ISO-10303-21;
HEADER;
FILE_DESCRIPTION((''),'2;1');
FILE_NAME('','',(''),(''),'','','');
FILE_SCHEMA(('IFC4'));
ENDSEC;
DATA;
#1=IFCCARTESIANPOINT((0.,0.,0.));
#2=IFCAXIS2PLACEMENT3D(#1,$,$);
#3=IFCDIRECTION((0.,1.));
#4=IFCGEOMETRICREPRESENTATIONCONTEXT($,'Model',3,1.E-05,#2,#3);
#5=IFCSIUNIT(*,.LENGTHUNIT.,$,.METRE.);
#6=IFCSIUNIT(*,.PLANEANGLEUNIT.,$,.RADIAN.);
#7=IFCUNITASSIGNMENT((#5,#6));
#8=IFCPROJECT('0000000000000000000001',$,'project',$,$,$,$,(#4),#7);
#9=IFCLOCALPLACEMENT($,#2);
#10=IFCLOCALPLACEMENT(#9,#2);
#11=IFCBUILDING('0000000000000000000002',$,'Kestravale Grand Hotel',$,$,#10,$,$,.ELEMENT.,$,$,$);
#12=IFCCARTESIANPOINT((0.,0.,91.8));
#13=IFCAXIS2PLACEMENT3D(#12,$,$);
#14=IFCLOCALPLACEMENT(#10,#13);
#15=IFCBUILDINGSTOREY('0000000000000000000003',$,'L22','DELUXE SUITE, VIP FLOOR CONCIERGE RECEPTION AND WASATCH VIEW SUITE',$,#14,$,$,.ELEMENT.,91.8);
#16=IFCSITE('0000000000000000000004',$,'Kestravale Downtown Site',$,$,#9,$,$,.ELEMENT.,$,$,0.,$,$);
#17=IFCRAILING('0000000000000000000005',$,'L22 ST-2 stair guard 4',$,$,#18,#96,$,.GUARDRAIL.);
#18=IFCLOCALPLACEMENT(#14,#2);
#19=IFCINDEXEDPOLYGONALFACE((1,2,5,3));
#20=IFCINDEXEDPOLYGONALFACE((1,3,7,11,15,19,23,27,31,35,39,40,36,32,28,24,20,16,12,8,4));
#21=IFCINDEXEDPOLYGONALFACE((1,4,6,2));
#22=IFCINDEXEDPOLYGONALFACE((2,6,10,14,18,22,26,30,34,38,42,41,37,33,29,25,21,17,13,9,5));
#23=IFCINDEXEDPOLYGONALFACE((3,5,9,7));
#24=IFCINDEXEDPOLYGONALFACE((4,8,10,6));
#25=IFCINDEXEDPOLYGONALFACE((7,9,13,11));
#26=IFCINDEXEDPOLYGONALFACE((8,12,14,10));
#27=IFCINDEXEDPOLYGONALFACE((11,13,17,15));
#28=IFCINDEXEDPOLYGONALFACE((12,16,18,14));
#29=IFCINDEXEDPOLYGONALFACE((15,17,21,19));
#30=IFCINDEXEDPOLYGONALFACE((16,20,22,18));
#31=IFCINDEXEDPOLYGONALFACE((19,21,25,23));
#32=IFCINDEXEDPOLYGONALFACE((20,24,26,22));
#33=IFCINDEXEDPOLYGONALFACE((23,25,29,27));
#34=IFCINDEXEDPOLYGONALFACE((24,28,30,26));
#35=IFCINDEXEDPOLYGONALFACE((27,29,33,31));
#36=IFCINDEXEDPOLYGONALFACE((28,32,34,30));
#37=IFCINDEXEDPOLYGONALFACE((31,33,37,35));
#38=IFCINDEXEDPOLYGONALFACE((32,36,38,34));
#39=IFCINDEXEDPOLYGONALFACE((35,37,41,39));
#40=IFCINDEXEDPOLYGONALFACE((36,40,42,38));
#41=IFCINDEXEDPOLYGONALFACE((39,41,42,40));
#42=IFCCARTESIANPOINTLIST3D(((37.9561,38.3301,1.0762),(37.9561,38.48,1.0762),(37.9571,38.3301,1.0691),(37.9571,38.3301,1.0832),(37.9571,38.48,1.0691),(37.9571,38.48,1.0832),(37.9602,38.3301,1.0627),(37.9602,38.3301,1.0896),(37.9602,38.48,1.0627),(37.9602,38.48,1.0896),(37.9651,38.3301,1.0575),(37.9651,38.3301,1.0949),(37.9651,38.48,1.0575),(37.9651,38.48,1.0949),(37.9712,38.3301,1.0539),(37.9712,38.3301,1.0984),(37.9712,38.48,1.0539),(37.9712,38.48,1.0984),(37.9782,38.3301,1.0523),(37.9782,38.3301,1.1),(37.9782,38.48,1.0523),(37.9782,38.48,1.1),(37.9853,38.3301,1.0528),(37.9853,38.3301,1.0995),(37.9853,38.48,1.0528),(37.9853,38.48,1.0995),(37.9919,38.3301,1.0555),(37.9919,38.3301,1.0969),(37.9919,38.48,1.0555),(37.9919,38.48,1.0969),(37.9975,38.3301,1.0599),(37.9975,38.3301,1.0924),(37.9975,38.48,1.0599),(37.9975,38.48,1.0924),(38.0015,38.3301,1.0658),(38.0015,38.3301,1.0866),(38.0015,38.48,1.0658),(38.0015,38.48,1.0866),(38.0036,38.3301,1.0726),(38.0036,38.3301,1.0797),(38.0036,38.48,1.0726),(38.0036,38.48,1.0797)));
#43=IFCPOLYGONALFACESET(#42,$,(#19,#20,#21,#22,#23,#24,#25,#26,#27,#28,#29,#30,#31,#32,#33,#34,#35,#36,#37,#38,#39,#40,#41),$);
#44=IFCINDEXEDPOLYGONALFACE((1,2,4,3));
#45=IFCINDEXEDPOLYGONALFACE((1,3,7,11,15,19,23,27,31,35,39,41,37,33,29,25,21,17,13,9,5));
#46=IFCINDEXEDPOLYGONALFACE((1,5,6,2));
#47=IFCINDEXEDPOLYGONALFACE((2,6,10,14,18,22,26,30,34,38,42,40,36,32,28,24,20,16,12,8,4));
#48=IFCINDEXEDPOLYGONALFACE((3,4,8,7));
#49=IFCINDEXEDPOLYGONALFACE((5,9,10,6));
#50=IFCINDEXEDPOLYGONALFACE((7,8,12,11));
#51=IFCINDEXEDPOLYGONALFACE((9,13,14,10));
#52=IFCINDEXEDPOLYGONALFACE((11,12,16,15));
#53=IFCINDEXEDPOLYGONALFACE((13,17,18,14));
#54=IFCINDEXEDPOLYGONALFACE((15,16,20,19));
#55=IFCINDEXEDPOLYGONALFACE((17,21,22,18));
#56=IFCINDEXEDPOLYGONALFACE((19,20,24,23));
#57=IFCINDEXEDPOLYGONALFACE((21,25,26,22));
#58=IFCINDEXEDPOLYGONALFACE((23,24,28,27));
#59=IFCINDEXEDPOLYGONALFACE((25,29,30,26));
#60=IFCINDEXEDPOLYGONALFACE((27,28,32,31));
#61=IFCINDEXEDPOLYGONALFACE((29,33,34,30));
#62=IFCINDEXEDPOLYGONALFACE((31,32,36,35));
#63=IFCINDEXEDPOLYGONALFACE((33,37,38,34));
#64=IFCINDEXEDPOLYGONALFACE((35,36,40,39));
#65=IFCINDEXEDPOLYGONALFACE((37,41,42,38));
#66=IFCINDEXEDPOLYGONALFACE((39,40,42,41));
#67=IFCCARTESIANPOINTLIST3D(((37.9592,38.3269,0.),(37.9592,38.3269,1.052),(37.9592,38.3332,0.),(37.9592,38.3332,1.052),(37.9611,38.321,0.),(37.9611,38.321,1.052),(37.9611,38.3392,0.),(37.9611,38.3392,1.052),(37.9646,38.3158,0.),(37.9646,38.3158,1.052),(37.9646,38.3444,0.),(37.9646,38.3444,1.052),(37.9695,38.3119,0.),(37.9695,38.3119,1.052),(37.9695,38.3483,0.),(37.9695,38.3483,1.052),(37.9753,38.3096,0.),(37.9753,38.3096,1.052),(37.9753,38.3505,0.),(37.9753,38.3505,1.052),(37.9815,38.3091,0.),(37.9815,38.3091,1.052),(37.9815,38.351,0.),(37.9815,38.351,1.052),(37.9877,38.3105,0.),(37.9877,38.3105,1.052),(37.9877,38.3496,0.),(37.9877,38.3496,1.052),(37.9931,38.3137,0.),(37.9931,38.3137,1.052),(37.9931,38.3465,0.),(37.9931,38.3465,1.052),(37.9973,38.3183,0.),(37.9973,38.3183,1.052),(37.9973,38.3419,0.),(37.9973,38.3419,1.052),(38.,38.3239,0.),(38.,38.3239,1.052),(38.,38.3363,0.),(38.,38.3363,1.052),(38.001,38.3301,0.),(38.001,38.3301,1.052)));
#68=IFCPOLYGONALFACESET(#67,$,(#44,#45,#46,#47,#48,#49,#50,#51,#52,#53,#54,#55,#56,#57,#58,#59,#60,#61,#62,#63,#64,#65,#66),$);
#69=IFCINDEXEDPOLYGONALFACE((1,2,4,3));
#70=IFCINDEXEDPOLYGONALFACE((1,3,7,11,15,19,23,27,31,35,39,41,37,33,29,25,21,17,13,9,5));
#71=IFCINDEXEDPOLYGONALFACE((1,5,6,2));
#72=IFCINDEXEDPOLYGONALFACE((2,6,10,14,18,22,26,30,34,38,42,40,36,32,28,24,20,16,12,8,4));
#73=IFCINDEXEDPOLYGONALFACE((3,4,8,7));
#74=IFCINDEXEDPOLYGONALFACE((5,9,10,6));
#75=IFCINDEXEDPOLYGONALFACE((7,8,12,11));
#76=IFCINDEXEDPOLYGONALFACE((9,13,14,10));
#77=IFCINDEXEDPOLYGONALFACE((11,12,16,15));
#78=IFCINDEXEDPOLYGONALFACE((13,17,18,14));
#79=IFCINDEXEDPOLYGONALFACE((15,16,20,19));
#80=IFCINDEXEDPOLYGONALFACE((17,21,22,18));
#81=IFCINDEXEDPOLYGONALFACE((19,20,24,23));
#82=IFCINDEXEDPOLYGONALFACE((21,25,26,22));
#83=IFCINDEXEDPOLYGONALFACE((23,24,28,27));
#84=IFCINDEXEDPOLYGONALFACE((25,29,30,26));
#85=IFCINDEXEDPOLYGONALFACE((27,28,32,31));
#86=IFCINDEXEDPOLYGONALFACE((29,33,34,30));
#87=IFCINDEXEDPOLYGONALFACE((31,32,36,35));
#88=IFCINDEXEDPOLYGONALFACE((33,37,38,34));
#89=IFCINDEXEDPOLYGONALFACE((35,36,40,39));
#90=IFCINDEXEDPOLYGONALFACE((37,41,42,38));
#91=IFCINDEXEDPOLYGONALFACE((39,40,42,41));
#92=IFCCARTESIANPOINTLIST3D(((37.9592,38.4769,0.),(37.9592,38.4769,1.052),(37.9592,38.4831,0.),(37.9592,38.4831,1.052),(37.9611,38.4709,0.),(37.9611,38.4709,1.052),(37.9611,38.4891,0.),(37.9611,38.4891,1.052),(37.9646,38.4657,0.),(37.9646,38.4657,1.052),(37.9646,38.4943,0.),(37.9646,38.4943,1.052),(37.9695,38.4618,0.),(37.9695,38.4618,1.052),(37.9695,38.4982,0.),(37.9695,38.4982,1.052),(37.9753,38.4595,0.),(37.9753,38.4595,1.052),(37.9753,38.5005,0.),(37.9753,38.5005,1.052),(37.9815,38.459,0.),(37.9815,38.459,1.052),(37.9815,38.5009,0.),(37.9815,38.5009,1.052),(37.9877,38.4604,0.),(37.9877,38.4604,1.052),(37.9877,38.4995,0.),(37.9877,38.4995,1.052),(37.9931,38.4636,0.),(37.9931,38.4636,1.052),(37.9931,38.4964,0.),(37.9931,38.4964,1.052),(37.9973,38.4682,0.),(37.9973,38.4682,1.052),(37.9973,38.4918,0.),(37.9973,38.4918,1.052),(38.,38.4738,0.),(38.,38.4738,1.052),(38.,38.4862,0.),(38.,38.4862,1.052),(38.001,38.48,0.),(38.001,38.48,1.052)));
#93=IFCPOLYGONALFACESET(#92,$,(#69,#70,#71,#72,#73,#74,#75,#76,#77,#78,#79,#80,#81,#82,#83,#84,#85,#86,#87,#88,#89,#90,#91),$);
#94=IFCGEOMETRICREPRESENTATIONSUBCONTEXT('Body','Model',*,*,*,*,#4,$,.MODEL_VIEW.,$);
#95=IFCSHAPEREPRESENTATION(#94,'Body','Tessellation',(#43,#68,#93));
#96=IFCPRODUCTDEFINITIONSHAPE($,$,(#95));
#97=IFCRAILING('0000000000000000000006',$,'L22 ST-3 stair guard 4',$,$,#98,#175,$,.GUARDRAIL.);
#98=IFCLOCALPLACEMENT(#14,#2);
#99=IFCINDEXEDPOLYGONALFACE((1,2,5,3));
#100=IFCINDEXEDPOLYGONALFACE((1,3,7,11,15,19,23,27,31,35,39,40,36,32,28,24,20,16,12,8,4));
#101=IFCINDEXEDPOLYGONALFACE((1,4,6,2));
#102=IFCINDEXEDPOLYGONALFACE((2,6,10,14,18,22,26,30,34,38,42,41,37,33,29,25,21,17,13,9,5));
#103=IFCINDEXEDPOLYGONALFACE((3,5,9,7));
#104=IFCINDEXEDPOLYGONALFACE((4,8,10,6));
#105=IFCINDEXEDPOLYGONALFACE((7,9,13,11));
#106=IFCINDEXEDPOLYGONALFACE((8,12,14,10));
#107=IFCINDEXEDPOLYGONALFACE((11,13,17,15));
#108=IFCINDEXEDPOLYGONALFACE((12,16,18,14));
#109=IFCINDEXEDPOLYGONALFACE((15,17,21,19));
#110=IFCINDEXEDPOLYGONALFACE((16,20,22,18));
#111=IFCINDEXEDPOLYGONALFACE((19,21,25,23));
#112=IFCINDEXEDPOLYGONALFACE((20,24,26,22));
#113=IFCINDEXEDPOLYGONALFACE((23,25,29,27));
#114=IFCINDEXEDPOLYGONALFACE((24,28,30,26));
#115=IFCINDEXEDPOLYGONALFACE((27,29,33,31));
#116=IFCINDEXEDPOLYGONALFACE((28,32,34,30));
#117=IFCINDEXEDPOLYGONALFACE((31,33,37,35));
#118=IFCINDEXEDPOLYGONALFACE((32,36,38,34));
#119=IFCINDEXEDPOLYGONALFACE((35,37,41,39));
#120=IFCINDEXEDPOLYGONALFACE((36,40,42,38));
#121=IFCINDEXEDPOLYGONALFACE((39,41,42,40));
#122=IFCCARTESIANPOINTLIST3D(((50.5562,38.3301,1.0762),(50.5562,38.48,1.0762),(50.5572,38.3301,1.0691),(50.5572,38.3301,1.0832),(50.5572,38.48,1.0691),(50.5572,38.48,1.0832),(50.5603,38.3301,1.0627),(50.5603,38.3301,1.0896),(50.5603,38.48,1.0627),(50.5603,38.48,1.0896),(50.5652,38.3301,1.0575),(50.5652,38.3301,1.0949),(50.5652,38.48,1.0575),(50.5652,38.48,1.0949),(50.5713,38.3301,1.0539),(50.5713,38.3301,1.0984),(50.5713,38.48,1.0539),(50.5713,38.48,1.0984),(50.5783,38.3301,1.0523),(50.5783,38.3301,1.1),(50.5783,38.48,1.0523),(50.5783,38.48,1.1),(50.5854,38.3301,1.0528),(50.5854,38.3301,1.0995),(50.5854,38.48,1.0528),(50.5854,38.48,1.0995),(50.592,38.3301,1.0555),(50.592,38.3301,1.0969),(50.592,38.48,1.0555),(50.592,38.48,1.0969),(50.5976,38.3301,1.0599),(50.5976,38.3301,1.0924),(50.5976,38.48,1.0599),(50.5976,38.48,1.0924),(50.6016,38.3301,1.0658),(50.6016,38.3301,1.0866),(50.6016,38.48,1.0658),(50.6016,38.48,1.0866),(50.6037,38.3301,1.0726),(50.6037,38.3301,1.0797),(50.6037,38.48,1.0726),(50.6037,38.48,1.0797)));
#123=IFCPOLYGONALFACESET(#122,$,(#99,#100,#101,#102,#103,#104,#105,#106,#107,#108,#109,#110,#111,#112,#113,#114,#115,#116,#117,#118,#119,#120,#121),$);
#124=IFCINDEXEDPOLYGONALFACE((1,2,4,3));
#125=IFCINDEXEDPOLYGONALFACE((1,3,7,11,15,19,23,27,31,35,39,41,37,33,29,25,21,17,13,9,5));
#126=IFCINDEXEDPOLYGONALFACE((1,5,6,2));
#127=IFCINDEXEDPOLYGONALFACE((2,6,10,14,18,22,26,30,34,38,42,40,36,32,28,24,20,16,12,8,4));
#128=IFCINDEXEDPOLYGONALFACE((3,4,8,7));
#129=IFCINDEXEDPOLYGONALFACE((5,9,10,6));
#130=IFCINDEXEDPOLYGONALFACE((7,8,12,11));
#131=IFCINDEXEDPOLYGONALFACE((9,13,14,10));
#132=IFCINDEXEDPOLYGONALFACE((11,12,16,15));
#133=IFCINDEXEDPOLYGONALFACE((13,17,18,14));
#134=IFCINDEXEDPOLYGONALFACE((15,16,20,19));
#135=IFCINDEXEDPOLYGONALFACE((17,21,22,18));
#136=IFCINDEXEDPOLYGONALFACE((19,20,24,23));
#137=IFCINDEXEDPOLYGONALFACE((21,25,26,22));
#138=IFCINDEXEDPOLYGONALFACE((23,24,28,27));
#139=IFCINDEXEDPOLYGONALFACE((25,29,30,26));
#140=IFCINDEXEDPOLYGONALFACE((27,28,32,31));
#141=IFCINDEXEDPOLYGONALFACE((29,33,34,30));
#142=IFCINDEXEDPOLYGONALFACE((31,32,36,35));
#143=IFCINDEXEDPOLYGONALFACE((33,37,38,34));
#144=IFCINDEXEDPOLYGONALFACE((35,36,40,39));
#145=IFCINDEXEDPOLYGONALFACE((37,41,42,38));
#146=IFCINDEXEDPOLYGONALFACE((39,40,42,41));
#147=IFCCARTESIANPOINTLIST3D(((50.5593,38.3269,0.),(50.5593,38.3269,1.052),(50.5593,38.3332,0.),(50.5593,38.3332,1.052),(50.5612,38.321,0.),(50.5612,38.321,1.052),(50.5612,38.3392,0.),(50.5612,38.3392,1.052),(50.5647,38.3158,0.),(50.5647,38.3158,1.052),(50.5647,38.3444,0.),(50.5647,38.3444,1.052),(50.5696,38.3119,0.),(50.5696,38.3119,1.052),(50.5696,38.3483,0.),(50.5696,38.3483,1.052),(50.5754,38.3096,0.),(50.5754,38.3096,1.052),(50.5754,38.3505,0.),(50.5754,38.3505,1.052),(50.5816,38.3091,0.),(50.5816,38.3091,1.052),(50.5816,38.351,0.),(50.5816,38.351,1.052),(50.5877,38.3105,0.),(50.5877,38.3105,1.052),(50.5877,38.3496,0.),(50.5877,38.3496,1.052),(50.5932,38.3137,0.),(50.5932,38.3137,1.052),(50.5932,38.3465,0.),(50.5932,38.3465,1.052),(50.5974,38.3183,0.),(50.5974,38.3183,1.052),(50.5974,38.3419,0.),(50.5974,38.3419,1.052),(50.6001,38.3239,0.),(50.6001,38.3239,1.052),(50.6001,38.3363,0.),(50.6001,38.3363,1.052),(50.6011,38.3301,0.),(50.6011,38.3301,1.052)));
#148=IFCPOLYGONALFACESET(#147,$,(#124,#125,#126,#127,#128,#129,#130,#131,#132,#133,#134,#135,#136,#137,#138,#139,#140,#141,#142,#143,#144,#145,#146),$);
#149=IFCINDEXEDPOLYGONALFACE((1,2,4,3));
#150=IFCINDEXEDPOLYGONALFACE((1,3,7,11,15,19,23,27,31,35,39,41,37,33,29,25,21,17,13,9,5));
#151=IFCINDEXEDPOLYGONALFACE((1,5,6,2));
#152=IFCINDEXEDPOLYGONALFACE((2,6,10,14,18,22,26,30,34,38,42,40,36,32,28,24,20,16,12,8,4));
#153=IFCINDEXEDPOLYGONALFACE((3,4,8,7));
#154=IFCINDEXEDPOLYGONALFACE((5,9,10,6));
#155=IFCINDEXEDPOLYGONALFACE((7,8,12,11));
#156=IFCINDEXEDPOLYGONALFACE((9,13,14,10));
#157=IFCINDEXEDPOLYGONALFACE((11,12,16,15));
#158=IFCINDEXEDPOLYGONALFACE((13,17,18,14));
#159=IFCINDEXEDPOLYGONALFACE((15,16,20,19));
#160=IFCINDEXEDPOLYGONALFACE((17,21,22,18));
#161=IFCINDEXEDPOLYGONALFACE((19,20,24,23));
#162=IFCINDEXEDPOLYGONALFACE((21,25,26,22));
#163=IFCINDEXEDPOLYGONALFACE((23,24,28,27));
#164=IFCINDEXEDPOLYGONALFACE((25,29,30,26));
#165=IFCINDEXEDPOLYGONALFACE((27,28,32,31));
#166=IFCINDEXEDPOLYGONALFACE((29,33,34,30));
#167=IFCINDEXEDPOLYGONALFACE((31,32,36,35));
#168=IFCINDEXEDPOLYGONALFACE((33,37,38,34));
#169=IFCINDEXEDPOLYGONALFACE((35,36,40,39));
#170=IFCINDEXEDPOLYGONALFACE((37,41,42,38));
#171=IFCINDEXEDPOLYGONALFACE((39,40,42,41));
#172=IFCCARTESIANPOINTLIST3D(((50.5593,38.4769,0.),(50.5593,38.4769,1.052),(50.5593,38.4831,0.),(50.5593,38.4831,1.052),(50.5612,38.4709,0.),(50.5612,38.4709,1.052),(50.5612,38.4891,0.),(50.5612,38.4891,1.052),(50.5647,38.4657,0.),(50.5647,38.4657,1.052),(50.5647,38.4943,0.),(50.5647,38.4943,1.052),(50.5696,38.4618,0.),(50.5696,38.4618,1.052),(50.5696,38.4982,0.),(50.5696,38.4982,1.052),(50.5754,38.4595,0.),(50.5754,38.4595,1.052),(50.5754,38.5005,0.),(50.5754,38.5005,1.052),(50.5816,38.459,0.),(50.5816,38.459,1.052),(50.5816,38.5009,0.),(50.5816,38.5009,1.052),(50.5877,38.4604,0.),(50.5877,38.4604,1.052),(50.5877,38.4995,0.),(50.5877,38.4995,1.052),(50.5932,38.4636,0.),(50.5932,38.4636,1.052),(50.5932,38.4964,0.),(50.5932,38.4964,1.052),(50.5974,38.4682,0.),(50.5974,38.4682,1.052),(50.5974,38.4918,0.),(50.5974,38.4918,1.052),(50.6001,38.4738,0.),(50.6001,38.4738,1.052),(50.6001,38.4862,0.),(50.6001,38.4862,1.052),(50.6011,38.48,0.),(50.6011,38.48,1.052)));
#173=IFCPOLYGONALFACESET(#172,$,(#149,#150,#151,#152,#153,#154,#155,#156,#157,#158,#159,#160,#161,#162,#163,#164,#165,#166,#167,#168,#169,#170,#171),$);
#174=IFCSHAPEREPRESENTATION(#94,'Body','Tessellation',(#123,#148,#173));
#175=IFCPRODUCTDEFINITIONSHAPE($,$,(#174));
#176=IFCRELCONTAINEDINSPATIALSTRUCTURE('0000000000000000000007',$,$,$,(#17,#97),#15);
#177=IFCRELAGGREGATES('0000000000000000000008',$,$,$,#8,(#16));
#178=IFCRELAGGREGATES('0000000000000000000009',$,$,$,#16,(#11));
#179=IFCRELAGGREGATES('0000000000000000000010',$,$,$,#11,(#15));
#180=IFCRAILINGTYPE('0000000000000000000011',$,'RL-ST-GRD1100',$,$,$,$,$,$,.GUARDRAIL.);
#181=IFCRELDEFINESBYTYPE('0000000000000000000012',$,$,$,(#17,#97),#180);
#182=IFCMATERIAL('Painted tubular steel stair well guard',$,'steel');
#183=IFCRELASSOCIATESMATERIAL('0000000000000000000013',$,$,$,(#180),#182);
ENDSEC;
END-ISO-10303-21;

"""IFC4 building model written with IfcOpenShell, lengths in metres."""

from ifc_helpers import new_model, si_unit, direction, frame, origin, origin_2d, place, context, subcontext, project, spatial, circle, extrude, material, type_object, element, save


model = new_model("IFC4")

# Units and contexts
model_context = context("Model", 3, precision=1e-05, world=origin(), true_north=direction((0.0, 1.0)))
body_context = subcontext(model_context, "Body", "Model", "MODEL_VIEW")
ifc_project = project(units=[si_unit("LENGTHUNIT", "METRE"), si_unit("PLANEANGLEUNIT", "RADIAN")], contexts=[model_context])

# Site, building, storey
site_placement = place(None, origin())
site = spatial("IfcSite", under=ifc_project, at=site_placement, Name="Kestravale Downtown Site", CompositionType="ELEMENT", RefElevation=0.0)
building_placement = place(site_placement, origin())
building = spatial("IfcBuilding", under=site, at=building_placement, Name="Kestravale Grand Hotel", CompositionType="ELEMENT")
storey_placement = place(building_placement, frame((0.0, 0.0, 91.8)))
storey = spatial("IfcBuildingStorey", under=building, at=storey_placement, Name="L22", Description="DELUXE SUITE, VIP FLOOR CONCIERGE RECEPTION AND WASATCH VIEW SUITE", CompositionType="ELEMENT", Elevation=91.8)

# Railings
ifc_material_1 = material(Name="Painted tubular steel stair well guard", Category="steel")
railing_type_1 = type_object("IfcRailingType", Name="RL-ST-GRD1100", PredefinedType="GUARDRAIL", material=ifc_material_1)
for number, where, name in (
    (1, (37.98, 38.3301, 0.0), "L22 ST-2 stair guard 4"),
    (2, (50.5801, 38.3301, 0.0), "L22 ST-3 stair guard 4"),
):
    element("IfcRailing", number, at=place(storey_placement, frame(where)), inside=storey, type_object=railing_type_1, Name=name, PredefinedType="GUARDRAIL", context=body_context, shape_type="SweptSolid", body=[
        extrude(circle(Radius=0.0239, at=origin_2d()), frame((0.0, 0.0, 1.0762), z_axis=(0.0, 1.0, 0.0), x_axis=(-1.0, 0.0, 0.0)), (0.0, 0.0, 1.0), 0.1499),
        extrude(circle(Radius=0.021, at=origin_2d()), origin(), (0.0, 0.0, 1.0), 1.052),
        extrude(circle(Radius=0.021, at=origin_2d()), frame((0.0, 0.1499, 0.0)), (0.0, 0.0, 1.0), 1.052),
    ])

save(model, "model.ifc")
